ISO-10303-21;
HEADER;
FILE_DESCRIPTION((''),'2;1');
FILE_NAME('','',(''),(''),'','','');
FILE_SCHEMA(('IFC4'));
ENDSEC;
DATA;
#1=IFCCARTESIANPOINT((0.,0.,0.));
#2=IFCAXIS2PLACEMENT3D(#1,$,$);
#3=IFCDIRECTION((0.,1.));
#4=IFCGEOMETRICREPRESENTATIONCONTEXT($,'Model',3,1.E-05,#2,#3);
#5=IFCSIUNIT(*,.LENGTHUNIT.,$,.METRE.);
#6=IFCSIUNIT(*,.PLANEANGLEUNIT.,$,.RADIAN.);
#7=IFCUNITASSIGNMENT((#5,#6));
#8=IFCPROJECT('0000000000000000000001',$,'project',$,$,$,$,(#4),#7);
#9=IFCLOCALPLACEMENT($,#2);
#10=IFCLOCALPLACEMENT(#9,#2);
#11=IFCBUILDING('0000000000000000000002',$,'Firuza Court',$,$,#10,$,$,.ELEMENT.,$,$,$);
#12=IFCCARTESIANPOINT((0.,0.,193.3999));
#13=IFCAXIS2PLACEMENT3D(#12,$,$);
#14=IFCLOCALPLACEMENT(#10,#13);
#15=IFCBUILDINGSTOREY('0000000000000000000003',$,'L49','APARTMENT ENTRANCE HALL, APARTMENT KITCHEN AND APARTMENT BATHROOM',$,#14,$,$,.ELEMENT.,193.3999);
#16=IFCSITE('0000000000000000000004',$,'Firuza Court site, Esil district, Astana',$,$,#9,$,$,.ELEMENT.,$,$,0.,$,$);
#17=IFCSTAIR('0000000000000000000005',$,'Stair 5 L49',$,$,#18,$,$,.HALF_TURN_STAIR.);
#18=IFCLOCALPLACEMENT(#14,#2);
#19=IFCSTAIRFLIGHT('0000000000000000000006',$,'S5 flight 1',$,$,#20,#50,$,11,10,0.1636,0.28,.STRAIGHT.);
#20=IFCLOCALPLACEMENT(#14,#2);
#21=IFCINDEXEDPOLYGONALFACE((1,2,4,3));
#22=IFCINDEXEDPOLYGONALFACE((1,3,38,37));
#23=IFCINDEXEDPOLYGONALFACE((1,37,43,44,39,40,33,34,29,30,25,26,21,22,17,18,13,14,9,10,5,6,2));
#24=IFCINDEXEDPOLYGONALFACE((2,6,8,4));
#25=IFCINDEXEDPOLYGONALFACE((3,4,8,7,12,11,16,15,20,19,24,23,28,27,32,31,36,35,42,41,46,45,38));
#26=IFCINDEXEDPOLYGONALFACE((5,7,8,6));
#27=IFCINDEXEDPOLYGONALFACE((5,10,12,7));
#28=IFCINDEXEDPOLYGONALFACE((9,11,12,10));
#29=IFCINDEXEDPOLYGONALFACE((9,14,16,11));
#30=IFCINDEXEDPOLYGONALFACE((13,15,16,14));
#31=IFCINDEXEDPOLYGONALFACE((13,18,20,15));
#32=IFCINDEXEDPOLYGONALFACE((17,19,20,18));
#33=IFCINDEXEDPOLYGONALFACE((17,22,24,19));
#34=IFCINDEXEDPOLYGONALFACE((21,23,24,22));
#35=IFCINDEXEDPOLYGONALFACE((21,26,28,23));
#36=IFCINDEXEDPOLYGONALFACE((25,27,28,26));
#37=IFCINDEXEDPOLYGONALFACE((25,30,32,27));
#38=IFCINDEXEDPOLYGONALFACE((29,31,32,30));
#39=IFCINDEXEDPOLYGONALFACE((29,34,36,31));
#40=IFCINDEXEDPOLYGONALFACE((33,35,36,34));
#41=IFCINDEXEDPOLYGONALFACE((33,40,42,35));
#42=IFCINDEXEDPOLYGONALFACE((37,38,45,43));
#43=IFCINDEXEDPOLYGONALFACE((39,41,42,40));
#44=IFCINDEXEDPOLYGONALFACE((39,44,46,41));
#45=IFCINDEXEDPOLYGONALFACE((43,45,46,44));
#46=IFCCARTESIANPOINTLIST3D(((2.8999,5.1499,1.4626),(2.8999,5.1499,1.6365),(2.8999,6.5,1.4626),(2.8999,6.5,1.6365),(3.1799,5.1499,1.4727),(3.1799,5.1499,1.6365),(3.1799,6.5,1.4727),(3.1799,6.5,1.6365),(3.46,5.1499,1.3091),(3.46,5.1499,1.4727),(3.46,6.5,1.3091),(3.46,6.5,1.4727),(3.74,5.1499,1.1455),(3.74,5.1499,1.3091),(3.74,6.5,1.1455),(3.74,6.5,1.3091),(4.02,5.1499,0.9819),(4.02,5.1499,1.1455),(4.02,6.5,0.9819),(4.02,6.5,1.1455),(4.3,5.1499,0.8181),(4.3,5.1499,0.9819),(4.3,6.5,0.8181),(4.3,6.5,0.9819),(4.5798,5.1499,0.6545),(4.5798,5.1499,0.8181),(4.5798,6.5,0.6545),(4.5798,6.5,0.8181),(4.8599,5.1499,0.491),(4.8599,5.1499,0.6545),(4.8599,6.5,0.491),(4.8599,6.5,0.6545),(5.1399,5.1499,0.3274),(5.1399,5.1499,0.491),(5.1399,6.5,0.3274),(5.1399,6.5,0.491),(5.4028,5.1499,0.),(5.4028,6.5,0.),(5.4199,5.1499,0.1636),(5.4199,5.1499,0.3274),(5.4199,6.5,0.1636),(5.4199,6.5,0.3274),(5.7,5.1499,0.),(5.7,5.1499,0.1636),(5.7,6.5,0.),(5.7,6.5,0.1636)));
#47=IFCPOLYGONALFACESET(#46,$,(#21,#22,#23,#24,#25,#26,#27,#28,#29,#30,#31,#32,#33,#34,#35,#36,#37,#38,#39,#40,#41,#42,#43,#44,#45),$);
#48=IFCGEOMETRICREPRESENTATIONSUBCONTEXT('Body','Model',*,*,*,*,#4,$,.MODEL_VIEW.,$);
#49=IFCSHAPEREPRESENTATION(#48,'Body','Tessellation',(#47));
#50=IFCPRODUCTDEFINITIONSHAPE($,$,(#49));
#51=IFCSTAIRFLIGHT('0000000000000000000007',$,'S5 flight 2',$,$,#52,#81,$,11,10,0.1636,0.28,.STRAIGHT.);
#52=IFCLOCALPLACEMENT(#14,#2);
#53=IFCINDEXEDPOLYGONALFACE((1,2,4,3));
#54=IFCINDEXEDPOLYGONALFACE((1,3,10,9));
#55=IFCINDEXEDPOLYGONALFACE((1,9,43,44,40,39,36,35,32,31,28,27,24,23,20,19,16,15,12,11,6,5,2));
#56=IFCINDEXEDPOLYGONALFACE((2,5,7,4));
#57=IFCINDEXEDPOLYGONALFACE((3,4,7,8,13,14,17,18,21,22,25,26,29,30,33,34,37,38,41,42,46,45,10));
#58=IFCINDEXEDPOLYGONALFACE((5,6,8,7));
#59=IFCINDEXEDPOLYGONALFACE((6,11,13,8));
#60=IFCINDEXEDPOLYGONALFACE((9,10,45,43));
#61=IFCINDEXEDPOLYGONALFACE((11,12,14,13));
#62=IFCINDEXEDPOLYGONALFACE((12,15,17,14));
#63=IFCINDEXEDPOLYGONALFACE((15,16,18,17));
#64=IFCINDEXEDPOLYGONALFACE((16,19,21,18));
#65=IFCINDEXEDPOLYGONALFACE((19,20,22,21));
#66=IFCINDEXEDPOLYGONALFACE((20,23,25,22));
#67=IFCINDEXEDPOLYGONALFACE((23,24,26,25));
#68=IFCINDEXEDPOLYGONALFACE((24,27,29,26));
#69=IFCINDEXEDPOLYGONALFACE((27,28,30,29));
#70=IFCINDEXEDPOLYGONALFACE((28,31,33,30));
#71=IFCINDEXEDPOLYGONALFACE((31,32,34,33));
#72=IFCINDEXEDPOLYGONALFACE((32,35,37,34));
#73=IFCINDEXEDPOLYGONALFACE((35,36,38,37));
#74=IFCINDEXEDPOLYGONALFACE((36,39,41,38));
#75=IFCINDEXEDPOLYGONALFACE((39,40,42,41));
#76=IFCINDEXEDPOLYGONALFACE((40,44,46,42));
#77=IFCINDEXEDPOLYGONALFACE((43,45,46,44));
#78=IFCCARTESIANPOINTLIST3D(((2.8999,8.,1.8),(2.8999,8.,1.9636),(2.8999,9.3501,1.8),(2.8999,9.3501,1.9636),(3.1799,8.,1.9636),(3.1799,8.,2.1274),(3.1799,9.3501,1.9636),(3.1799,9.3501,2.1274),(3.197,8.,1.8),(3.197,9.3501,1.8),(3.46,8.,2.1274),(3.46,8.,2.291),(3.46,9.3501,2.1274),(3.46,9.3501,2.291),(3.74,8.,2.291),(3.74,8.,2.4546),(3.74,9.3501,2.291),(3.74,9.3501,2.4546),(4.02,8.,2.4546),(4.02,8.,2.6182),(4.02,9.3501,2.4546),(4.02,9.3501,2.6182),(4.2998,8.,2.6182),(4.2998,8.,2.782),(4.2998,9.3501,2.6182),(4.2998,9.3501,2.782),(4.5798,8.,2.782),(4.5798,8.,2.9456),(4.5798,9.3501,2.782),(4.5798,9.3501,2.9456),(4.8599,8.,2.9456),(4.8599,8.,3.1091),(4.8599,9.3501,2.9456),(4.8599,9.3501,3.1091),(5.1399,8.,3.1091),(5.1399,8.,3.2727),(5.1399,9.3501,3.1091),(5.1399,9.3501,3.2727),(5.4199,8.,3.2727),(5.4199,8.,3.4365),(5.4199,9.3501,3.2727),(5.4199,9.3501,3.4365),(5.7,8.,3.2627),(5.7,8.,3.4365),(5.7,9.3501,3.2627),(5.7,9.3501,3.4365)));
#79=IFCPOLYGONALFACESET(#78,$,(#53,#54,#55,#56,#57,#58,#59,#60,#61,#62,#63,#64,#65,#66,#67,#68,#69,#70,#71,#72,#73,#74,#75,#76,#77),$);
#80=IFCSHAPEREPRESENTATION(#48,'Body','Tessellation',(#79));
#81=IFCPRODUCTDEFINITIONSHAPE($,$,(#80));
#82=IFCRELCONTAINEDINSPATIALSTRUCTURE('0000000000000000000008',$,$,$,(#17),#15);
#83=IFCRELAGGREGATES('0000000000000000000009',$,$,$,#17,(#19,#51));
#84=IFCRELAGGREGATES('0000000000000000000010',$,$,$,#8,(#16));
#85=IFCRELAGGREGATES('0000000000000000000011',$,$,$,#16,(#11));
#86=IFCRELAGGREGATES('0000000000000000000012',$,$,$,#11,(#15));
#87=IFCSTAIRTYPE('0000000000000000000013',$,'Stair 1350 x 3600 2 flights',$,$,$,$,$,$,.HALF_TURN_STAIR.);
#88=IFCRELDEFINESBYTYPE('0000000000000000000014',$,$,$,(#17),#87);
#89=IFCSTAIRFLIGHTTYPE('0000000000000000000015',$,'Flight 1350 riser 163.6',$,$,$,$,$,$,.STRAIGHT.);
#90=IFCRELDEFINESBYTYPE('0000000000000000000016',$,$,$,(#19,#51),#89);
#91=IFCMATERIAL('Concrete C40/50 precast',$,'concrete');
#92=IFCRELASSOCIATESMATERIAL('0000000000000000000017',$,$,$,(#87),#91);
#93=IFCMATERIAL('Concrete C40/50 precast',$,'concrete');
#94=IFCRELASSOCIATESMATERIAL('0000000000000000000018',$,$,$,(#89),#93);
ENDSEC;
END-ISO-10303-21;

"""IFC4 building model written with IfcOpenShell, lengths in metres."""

from ifc_helpers import new_model, si_unit, direction, frame, origin, place, context, subcontext, project, spatial, polyline, outline, extrude, material, type_object, element, aggregate, save


model = new_model("IFC4")

# Units and contexts
model_context = context("Model", 3, precision=1e-05, world=origin(), true_north=direction((0.0, 1.0)))
body_context = subcontext(model_context, "Body", "Model", "MODEL_VIEW")
ifc_project = project(units=[si_unit("LENGTHUNIT", "METRE"), si_unit("PLANEANGLEUNIT", "RADIAN")], contexts=[model_context])

# Site, building, storey
site_placement = place(None, origin())
site = spatial("IfcSite", under=ifc_project, at=site_placement, Name="Firuza Court site, Esil district, Astana", CompositionType="ELEMENT", RefElevation=0.0)
building_placement = place(site_placement, origin())
building = spatial("IfcBuilding", under=site, at=building_placement, Name="Firuza Court", CompositionType="ELEMENT")
storey_placement = place(building_placement, frame((0.0, 0.0, 193.3999)))
storey = spatial("IfcBuildingStorey", under=building, at=storey_placement, Name="L49", Description="APARTMENT ENTRANCE HALL, APARTMENT KITCHEN AND APARTMENT BATHROOM", CompositionType="ELEMENT", Elevation=193.3999)

# Stair, stair flights
ifc_material_1 = material(Name="Concrete C40/50 precast", Category="concrete")
stair_type = type_object("IfcStairType", Name="Stair 1350 x 3600 2 flights", PredefinedType="HALF_TURN_STAIR", material=ifc_material_1)
stair_placement = place(storey_placement, origin())
stair = element("IfcStair", 1, at=stair_placement, inside=storey, type_object=stair_type, Name="Stair 5 L49", PredefinedType="HALF_TURN_STAIR")
ifc_material_2 = material(Name="Concrete C40/50 precast", Category="concrete")
stair_flight_type = type_object("IfcStairFlightType", Name="Flight 1350 riser 163.6", PredefinedType="STRAIGHT", material=ifc_material_2)
stair_flight_1_placement = place(storey_placement, frame((5.7, 5.825, 0.0), z_axis=(0.0, 0.0, 1.0), x_axis=(-1.0, 0.0, 0.0)))
stair_flight_1 = element("IfcStairFlight", 2, at=stair_flight_1_placement, type_object=stair_flight_type, Name="S5 flight 1", NumberOfRisers=11, NumberOfTreads=10, PredefinedType="STRAIGHT", RiserHeight=0.1636, TreadLength=0.28, context=body_context, shape_type="SweptSolid", body=[
    extrude(outline(polyline([(0.0, 0.0), (0.0, 0.1636), (0.28, 0.1636), (0.28, 0.3274), (0.5601, 0.3274), (0.5601, 0.491), (0.8401, 0.491), (0.8401, 0.6545), (1.1201, 0.6545), (1.1201, 0.8181), (1.3999, 0.8181), (1.3999, 0.9819), (1.6799, 0.9819), (1.6799, 1.1455), (1.96, 1.1455), (1.96, 1.3091), (2.24, 1.3091), (2.24, 1.4727), (2.52, 1.4727), (2.52, 1.6365), (2.8, 1.6365), (2.8, 1.8), (2.8, 1.4626), (0.2971, 0.0), (0.0, 0.0)])), frame((0.0, 0.675, 0.0), z_axis=(0.0, -1.0, 0.0), x_axis=(1.0, 0.0, 0.0)), (0.0, 0.0, 1.0), 1.3501),
])
stair_flight_2_placement = place(storey_placement, frame((2.8999, 8.675, 1.8), z_axis=(0.0, 0.0, 1.0), x_axis=(1.0, 0.0, 0.0)))
stair_flight_2 = element("IfcStairFlight", 3, at=stair_flight_2_placement, type_object=stair_flight_type, Name="S5 flight 2", NumberOfRisers=11, NumberOfTreads=10, PredefinedType="STRAIGHT", RiserHeight=0.1636, TreadLength=0.28, context=body_context, shape_type="SweptSolid", body=[
    extrude(outline(polyline([(0.0, 0.0), (0.0, 0.1636), (0.28, 0.1636), (0.28, 0.3274), (0.5601, 0.3274), (0.5601, 0.491), (0.8401, 0.491), (0.8401, 0.6545), (1.1201, 0.6545), (1.1201, 0.8181), (1.3999, 0.8181), (1.3999, 0.9819), (1.6799, 0.9819), (1.6799, 1.1455), (1.96, 1.1455), (1.96, 1.3091), (2.24, 1.3091), (2.24, 1.4727), (2.52, 1.4727), (2.52, 1.6365), (2.8, 1.6365), (2.8, 1.8), (2.8, 1.4626), (0.2971, 0.0), (0.0, 0.0)])), frame((0.0, 0.675, 0.0), z_axis=(0.0, -1.0, 0.0), x_axis=(1.0, 0.0, 0.0)), (0.0, 0.0, 1.0), 1.3501),
])
aggregate(stair, [stair_flight_1, stair_flight_2])

save(model, "model.ifc")
